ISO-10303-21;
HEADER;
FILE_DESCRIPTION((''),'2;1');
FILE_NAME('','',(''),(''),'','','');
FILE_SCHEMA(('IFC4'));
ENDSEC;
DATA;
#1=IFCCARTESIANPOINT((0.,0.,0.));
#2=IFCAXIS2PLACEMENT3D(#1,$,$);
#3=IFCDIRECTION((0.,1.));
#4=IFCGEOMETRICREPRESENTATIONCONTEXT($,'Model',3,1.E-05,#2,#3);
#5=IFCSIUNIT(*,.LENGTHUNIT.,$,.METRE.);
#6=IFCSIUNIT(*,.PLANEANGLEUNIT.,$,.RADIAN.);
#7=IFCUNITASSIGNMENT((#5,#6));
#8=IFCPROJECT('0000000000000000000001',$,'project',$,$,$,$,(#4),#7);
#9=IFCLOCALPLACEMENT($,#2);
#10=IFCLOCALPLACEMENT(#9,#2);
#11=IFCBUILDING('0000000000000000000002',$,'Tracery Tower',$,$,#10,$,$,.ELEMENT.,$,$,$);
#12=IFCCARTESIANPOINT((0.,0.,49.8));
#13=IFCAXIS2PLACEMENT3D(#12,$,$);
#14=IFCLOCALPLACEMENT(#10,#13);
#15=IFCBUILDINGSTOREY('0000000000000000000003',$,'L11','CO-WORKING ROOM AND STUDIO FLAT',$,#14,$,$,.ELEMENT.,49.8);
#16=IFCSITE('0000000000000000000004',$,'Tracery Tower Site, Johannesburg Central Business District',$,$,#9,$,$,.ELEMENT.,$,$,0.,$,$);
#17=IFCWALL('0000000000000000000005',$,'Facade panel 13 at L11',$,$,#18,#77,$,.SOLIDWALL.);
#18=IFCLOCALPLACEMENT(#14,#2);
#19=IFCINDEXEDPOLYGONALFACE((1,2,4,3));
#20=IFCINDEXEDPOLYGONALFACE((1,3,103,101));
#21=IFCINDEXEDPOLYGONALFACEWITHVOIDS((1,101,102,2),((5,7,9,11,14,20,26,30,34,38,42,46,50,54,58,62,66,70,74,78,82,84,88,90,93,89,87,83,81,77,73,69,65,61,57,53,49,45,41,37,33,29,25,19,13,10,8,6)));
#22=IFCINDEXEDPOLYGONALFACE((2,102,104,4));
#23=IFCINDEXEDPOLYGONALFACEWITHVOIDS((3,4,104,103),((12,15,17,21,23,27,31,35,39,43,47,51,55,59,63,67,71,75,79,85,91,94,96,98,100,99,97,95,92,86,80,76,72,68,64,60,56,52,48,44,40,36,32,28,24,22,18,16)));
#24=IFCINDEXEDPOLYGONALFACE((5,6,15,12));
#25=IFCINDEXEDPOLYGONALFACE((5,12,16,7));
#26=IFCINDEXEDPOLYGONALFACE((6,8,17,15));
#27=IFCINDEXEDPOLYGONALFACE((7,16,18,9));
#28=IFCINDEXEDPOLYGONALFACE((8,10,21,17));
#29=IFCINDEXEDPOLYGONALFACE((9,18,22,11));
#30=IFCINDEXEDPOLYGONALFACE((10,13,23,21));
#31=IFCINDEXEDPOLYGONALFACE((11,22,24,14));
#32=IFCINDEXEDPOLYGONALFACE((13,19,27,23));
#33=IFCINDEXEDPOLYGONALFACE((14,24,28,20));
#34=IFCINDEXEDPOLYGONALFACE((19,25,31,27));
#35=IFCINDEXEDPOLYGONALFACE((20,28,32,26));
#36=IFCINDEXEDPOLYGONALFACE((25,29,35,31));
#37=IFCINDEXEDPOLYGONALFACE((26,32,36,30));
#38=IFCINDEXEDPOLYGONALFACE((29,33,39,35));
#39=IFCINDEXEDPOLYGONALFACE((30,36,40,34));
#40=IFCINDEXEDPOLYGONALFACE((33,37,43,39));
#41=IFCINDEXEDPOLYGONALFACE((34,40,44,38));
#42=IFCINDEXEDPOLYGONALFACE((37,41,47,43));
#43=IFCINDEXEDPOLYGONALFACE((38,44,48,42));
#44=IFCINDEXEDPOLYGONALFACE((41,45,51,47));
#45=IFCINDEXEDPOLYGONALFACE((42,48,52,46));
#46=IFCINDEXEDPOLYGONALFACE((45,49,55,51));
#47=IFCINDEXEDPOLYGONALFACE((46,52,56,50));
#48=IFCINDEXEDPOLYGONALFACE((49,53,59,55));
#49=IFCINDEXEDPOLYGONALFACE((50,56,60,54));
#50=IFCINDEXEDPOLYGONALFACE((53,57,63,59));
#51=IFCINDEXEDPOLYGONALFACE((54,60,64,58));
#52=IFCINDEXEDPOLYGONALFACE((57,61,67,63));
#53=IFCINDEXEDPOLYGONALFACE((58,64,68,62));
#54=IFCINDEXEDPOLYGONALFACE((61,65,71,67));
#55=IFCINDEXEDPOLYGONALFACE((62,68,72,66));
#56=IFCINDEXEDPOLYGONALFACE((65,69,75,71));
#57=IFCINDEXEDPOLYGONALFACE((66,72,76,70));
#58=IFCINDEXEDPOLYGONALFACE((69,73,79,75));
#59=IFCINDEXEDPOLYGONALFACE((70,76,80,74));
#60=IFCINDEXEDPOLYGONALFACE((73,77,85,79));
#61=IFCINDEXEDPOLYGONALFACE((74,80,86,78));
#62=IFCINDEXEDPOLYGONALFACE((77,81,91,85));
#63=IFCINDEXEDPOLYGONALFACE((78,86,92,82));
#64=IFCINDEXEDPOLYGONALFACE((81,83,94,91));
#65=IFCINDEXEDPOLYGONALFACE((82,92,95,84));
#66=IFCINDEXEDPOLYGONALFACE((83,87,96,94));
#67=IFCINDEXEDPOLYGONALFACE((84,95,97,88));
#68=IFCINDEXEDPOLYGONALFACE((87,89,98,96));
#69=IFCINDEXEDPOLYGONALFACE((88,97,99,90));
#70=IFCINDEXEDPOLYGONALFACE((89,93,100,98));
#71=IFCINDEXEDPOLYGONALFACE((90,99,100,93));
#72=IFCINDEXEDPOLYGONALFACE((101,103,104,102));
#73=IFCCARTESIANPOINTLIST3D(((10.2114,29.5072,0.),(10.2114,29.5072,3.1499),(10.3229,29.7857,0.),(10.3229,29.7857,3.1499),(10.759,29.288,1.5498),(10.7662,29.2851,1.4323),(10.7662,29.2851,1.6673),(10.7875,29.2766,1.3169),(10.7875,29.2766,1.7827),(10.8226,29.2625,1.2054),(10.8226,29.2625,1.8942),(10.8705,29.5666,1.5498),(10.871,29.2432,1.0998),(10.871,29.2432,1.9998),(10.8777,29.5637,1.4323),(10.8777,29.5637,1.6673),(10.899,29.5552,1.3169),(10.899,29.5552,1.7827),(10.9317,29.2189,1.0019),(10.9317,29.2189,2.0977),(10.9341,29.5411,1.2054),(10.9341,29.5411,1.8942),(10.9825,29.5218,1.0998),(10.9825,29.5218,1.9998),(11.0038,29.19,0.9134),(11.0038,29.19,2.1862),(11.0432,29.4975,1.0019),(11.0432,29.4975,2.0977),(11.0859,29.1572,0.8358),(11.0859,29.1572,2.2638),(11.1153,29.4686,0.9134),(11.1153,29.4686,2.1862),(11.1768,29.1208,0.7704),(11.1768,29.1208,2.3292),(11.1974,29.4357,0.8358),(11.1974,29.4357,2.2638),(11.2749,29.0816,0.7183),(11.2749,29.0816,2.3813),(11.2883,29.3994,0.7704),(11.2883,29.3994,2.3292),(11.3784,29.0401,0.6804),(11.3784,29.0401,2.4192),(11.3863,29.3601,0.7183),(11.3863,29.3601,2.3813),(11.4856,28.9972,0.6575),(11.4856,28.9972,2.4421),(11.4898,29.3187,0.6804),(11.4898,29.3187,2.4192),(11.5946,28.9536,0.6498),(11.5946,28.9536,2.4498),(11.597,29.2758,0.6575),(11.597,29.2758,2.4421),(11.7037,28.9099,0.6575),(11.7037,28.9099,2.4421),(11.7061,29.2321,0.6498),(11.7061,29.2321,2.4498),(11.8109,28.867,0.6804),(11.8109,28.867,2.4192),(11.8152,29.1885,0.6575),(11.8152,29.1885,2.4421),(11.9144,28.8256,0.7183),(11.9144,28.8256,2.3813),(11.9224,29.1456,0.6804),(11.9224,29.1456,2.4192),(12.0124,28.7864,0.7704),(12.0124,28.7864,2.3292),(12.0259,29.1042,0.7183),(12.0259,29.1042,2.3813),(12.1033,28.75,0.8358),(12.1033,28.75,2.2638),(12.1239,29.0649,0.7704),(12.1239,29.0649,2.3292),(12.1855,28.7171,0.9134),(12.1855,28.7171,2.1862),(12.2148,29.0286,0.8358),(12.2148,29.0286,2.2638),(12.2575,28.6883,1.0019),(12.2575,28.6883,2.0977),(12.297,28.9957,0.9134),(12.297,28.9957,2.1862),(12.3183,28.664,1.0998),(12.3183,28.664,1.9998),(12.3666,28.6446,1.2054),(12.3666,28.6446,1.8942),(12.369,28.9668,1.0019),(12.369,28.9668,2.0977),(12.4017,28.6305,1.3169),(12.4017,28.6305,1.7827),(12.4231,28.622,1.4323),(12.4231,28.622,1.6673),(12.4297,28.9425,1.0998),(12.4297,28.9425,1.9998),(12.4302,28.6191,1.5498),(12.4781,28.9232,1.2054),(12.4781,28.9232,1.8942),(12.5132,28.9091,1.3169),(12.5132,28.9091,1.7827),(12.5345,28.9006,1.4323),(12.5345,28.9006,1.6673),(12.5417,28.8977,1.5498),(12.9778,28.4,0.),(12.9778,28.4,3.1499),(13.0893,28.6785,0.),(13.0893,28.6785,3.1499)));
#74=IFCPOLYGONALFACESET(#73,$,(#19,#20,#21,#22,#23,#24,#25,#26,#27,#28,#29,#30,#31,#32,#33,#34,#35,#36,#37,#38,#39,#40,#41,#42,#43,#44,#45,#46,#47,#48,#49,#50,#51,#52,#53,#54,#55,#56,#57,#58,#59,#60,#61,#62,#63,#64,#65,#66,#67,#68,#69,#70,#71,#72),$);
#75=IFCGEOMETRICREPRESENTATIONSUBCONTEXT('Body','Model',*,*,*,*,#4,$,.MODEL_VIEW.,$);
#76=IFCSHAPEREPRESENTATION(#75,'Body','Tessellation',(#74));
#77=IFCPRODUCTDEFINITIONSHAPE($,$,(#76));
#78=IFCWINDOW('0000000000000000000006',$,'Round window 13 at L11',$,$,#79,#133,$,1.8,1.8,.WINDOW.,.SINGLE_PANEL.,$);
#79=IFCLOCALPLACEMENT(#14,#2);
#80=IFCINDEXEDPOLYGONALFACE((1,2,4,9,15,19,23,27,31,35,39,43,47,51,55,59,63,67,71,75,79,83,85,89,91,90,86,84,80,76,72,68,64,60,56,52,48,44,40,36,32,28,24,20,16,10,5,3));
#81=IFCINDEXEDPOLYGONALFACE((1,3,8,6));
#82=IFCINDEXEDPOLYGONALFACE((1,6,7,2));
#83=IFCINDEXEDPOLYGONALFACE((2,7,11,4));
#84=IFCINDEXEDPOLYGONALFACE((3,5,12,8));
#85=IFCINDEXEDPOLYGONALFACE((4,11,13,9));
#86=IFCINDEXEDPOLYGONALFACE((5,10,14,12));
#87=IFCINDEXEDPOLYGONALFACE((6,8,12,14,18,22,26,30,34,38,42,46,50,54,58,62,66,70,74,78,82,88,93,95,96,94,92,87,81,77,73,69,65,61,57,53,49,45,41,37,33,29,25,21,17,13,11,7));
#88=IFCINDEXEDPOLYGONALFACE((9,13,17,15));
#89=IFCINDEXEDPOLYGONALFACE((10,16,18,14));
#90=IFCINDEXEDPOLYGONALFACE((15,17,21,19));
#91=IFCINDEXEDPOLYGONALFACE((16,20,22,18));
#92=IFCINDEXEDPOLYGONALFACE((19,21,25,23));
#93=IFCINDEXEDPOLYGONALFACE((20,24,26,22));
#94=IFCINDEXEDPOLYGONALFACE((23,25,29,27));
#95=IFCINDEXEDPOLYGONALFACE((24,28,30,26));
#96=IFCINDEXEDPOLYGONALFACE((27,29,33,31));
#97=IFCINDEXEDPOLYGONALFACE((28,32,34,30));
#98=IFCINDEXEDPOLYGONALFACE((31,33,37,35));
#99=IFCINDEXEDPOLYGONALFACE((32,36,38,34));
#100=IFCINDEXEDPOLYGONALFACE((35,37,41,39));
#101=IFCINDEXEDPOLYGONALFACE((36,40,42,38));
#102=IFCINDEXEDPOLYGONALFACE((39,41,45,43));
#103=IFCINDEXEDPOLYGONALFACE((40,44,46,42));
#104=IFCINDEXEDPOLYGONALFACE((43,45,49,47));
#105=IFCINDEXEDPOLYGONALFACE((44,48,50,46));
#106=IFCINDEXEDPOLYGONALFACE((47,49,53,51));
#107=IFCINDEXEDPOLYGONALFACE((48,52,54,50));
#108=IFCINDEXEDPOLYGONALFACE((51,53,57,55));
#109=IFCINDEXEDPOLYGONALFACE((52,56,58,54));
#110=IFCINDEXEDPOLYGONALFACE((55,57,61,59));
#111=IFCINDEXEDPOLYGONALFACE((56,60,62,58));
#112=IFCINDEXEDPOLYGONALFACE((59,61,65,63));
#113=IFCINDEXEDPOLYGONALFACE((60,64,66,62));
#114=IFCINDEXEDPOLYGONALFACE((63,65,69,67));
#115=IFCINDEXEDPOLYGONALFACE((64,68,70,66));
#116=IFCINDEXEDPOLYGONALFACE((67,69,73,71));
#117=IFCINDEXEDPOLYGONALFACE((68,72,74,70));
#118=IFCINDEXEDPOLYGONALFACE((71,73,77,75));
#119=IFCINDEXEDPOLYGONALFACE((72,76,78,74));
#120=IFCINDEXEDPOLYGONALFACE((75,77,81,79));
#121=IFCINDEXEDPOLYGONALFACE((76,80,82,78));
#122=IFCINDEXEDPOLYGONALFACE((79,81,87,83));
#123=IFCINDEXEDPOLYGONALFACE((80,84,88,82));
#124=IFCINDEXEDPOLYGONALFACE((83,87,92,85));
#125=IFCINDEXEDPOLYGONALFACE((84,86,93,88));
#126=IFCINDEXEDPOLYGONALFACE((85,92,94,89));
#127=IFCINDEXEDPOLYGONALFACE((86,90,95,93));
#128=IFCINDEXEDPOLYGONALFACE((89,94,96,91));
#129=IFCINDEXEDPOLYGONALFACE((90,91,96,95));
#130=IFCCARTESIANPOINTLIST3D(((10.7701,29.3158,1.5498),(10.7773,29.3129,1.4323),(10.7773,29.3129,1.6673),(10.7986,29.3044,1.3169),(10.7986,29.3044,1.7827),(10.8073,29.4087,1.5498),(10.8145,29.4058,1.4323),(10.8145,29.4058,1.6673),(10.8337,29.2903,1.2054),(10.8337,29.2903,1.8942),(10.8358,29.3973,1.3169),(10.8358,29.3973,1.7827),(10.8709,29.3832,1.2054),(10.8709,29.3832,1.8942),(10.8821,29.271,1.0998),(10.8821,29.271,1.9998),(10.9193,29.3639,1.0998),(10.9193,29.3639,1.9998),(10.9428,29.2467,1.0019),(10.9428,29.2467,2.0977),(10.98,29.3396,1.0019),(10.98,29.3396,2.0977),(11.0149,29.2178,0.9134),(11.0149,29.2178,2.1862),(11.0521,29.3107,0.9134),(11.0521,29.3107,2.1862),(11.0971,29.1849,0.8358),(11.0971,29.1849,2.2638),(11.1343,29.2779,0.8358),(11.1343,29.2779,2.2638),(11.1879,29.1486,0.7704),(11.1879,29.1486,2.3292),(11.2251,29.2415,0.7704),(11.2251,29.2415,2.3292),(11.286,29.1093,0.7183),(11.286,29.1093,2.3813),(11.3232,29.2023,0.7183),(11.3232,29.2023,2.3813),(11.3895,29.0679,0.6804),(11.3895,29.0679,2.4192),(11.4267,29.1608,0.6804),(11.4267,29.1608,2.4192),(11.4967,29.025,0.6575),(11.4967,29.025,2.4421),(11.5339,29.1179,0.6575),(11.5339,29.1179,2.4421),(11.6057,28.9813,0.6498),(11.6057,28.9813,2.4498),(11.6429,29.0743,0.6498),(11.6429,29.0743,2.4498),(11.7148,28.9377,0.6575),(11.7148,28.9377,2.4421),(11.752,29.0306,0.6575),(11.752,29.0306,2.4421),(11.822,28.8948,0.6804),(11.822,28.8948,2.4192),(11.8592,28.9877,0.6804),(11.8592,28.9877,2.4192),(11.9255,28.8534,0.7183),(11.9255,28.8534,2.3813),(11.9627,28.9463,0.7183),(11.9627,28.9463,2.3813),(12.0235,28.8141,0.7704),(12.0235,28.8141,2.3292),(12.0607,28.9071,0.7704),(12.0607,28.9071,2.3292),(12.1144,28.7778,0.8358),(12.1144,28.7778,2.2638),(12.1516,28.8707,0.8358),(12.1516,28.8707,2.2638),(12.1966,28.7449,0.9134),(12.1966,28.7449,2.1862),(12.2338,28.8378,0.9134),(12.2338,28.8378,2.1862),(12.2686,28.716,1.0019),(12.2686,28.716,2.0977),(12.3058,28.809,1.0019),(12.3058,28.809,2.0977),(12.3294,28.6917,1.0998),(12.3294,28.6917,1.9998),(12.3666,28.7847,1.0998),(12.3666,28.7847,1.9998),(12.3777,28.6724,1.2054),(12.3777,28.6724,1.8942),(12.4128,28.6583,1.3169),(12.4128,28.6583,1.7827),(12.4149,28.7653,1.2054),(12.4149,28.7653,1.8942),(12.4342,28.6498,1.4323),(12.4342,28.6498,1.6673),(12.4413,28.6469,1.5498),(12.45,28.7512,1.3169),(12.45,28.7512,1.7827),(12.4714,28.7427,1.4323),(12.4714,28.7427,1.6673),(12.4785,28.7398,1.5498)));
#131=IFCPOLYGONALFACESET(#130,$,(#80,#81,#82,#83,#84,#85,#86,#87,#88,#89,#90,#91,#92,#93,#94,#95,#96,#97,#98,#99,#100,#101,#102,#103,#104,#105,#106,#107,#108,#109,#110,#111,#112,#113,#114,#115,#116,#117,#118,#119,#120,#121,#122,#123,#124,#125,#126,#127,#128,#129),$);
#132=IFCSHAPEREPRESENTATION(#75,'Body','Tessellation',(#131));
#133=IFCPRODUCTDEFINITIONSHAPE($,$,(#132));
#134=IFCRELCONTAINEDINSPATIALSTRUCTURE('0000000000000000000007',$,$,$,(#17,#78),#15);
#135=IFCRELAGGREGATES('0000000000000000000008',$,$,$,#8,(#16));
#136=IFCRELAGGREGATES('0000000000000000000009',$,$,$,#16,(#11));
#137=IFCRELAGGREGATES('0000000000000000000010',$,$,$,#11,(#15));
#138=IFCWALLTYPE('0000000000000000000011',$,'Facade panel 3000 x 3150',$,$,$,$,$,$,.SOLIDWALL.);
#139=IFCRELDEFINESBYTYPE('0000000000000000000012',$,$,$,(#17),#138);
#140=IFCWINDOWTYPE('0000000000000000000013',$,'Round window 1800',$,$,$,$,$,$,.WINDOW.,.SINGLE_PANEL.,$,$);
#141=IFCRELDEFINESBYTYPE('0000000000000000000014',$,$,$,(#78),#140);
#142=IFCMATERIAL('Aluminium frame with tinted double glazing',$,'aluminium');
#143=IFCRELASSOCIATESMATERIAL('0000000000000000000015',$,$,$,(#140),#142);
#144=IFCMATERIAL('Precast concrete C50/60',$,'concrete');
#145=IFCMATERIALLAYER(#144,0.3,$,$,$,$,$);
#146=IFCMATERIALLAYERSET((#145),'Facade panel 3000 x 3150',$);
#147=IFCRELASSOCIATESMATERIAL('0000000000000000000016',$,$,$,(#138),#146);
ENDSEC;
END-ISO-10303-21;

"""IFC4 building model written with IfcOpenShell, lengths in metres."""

from ifc_helpers import new_model, si_unit, direction, frame, frame_2d, origin, origin_2d, place, context, subcontext, project, spatial, rectangle, circle, extrude, material, layer, layer_set, type_object, element, fill, save


model = new_model("IFC4")

# Units and contexts
model_context = context("Model", 3, precision=1e-05, world=origin(), true_north=direction((0.0, 1.0)))
body_context = subcontext(model_context, "Body", "Model", "MODEL_VIEW")
ifc_project = project(units=[si_unit("LENGTHUNIT", "METRE"), si_unit("PLANEANGLEUNIT", "RADIAN")], contexts=[model_context])

# Site, building, storey
site_placement = place(None, origin())
site = spatial("IfcSite", under=ifc_project, at=site_placement, Name="Tracery Tower Site, Johannesburg Central Business District", CompositionType="ELEMENT", RefElevation=0.0)
building_placement = place(site_placement, origin())
building = spatial("IfcBuilding", under=site, at=building_placement, Name="Tracery Tower", CompositionType="ELEMENT")
storey_placement = place(building_placement, frame((0.0, 0.0, 49.8)))
storey = spatial("IfcBuildingStorey", under=building, at=storey_placement, Name="L11", Description="CO-WORKING ROOM AND STUDIO FLAT", CompositionType="ELEMENT", Elevation=49.8)

# Wall, opening, window
ifc_material_1 = material(Name="Aluminium frame with tinted double glazing", Category="aluminium")
window_type = type_object("IfcWindowType", Name="Round window 1800", PartitioningType="SINGLE_PANEL", PredefinedType="WINDOW", material=ifc_material_1)
ifc_material_2 = material(Name="Precast concrete C50/60", Category="concrete")
ifc_layer_1 = layer(ifc_material_2, 0.3)
ifc_layer_set_1 = layer_set([ifc_layer_1], Name="Facade panel 3000 x 3150")
wall_type_1 = type_object("IfcWallType", Name="Facade panel 3000 x 3150", PredefinedType="SOLIDWALL", material=ifc_layer_set_1)
wall_1_placement = place(storey_placement, frame((13.0334, 28.5393, 0.0), z_axis=(0.0, 0.0, 1.0), x_axis=(-0.928403, 0.371574, 0.0)))
wall_1 = element("IfcWall", 1, at=wall_1_placement, inside=storey, type_object=wall_type_1, Name="Facade panel 13 at L11", PredefinedType="SOLIDWALL", context=body_context, shape_type="SweptSolid", body=[
    extrude(rectangle(XDim=2.9797, YDim=0.3, at=frame_2d((1.4897, 0.0))), origin(), (0.0, 0.0, 1.0), 3.1499),
])
opening_1_placement = place(wall_1_placement, frame((1.4897, 0.0, 1.5498)))
opening_1 = element("IfcOpeningElement", 2, at=opening_1_placement, cuts=wall_1, PredefinedType="OPENING", context=body_context, shape_type="SweptSolid", body=[
    extrude(circle(Radius=0.9, at=origin_2d()), frame((0.0, 0.1599, 0.0), z_axis=(0.0, -1.0, 0.0), x_axis=(1.0, 0.0, 0.0)), (0.0, 0.0, 1.0), 0.3201),
])
window_1_placement = place(opening_1_placement, origin())
window_1 = element("IfcWindow", 3, at=window_1_placement, inside=storey, type_object=window_type, Name="Round window 13 at L11", OverallHeight=1.8, OverallWidth=1.8, PartitioningType="SINGLE_PANEL", PredefinedType="WINDOW", context=body_context, shape_type="SweptSolid", body=[
    extrude(circle(Radius=0.9, at=origin_2d()), frame((0.0, 0.1201, 0.0), z_axis=(0.0, -1.0, 0.0), x_axis=(1.0, 0.0, 0.0)), (0.0, 0.0, 1.0), 0.1001),
])
fill(opening_1, window_1)

save(model, "model.ifc")
